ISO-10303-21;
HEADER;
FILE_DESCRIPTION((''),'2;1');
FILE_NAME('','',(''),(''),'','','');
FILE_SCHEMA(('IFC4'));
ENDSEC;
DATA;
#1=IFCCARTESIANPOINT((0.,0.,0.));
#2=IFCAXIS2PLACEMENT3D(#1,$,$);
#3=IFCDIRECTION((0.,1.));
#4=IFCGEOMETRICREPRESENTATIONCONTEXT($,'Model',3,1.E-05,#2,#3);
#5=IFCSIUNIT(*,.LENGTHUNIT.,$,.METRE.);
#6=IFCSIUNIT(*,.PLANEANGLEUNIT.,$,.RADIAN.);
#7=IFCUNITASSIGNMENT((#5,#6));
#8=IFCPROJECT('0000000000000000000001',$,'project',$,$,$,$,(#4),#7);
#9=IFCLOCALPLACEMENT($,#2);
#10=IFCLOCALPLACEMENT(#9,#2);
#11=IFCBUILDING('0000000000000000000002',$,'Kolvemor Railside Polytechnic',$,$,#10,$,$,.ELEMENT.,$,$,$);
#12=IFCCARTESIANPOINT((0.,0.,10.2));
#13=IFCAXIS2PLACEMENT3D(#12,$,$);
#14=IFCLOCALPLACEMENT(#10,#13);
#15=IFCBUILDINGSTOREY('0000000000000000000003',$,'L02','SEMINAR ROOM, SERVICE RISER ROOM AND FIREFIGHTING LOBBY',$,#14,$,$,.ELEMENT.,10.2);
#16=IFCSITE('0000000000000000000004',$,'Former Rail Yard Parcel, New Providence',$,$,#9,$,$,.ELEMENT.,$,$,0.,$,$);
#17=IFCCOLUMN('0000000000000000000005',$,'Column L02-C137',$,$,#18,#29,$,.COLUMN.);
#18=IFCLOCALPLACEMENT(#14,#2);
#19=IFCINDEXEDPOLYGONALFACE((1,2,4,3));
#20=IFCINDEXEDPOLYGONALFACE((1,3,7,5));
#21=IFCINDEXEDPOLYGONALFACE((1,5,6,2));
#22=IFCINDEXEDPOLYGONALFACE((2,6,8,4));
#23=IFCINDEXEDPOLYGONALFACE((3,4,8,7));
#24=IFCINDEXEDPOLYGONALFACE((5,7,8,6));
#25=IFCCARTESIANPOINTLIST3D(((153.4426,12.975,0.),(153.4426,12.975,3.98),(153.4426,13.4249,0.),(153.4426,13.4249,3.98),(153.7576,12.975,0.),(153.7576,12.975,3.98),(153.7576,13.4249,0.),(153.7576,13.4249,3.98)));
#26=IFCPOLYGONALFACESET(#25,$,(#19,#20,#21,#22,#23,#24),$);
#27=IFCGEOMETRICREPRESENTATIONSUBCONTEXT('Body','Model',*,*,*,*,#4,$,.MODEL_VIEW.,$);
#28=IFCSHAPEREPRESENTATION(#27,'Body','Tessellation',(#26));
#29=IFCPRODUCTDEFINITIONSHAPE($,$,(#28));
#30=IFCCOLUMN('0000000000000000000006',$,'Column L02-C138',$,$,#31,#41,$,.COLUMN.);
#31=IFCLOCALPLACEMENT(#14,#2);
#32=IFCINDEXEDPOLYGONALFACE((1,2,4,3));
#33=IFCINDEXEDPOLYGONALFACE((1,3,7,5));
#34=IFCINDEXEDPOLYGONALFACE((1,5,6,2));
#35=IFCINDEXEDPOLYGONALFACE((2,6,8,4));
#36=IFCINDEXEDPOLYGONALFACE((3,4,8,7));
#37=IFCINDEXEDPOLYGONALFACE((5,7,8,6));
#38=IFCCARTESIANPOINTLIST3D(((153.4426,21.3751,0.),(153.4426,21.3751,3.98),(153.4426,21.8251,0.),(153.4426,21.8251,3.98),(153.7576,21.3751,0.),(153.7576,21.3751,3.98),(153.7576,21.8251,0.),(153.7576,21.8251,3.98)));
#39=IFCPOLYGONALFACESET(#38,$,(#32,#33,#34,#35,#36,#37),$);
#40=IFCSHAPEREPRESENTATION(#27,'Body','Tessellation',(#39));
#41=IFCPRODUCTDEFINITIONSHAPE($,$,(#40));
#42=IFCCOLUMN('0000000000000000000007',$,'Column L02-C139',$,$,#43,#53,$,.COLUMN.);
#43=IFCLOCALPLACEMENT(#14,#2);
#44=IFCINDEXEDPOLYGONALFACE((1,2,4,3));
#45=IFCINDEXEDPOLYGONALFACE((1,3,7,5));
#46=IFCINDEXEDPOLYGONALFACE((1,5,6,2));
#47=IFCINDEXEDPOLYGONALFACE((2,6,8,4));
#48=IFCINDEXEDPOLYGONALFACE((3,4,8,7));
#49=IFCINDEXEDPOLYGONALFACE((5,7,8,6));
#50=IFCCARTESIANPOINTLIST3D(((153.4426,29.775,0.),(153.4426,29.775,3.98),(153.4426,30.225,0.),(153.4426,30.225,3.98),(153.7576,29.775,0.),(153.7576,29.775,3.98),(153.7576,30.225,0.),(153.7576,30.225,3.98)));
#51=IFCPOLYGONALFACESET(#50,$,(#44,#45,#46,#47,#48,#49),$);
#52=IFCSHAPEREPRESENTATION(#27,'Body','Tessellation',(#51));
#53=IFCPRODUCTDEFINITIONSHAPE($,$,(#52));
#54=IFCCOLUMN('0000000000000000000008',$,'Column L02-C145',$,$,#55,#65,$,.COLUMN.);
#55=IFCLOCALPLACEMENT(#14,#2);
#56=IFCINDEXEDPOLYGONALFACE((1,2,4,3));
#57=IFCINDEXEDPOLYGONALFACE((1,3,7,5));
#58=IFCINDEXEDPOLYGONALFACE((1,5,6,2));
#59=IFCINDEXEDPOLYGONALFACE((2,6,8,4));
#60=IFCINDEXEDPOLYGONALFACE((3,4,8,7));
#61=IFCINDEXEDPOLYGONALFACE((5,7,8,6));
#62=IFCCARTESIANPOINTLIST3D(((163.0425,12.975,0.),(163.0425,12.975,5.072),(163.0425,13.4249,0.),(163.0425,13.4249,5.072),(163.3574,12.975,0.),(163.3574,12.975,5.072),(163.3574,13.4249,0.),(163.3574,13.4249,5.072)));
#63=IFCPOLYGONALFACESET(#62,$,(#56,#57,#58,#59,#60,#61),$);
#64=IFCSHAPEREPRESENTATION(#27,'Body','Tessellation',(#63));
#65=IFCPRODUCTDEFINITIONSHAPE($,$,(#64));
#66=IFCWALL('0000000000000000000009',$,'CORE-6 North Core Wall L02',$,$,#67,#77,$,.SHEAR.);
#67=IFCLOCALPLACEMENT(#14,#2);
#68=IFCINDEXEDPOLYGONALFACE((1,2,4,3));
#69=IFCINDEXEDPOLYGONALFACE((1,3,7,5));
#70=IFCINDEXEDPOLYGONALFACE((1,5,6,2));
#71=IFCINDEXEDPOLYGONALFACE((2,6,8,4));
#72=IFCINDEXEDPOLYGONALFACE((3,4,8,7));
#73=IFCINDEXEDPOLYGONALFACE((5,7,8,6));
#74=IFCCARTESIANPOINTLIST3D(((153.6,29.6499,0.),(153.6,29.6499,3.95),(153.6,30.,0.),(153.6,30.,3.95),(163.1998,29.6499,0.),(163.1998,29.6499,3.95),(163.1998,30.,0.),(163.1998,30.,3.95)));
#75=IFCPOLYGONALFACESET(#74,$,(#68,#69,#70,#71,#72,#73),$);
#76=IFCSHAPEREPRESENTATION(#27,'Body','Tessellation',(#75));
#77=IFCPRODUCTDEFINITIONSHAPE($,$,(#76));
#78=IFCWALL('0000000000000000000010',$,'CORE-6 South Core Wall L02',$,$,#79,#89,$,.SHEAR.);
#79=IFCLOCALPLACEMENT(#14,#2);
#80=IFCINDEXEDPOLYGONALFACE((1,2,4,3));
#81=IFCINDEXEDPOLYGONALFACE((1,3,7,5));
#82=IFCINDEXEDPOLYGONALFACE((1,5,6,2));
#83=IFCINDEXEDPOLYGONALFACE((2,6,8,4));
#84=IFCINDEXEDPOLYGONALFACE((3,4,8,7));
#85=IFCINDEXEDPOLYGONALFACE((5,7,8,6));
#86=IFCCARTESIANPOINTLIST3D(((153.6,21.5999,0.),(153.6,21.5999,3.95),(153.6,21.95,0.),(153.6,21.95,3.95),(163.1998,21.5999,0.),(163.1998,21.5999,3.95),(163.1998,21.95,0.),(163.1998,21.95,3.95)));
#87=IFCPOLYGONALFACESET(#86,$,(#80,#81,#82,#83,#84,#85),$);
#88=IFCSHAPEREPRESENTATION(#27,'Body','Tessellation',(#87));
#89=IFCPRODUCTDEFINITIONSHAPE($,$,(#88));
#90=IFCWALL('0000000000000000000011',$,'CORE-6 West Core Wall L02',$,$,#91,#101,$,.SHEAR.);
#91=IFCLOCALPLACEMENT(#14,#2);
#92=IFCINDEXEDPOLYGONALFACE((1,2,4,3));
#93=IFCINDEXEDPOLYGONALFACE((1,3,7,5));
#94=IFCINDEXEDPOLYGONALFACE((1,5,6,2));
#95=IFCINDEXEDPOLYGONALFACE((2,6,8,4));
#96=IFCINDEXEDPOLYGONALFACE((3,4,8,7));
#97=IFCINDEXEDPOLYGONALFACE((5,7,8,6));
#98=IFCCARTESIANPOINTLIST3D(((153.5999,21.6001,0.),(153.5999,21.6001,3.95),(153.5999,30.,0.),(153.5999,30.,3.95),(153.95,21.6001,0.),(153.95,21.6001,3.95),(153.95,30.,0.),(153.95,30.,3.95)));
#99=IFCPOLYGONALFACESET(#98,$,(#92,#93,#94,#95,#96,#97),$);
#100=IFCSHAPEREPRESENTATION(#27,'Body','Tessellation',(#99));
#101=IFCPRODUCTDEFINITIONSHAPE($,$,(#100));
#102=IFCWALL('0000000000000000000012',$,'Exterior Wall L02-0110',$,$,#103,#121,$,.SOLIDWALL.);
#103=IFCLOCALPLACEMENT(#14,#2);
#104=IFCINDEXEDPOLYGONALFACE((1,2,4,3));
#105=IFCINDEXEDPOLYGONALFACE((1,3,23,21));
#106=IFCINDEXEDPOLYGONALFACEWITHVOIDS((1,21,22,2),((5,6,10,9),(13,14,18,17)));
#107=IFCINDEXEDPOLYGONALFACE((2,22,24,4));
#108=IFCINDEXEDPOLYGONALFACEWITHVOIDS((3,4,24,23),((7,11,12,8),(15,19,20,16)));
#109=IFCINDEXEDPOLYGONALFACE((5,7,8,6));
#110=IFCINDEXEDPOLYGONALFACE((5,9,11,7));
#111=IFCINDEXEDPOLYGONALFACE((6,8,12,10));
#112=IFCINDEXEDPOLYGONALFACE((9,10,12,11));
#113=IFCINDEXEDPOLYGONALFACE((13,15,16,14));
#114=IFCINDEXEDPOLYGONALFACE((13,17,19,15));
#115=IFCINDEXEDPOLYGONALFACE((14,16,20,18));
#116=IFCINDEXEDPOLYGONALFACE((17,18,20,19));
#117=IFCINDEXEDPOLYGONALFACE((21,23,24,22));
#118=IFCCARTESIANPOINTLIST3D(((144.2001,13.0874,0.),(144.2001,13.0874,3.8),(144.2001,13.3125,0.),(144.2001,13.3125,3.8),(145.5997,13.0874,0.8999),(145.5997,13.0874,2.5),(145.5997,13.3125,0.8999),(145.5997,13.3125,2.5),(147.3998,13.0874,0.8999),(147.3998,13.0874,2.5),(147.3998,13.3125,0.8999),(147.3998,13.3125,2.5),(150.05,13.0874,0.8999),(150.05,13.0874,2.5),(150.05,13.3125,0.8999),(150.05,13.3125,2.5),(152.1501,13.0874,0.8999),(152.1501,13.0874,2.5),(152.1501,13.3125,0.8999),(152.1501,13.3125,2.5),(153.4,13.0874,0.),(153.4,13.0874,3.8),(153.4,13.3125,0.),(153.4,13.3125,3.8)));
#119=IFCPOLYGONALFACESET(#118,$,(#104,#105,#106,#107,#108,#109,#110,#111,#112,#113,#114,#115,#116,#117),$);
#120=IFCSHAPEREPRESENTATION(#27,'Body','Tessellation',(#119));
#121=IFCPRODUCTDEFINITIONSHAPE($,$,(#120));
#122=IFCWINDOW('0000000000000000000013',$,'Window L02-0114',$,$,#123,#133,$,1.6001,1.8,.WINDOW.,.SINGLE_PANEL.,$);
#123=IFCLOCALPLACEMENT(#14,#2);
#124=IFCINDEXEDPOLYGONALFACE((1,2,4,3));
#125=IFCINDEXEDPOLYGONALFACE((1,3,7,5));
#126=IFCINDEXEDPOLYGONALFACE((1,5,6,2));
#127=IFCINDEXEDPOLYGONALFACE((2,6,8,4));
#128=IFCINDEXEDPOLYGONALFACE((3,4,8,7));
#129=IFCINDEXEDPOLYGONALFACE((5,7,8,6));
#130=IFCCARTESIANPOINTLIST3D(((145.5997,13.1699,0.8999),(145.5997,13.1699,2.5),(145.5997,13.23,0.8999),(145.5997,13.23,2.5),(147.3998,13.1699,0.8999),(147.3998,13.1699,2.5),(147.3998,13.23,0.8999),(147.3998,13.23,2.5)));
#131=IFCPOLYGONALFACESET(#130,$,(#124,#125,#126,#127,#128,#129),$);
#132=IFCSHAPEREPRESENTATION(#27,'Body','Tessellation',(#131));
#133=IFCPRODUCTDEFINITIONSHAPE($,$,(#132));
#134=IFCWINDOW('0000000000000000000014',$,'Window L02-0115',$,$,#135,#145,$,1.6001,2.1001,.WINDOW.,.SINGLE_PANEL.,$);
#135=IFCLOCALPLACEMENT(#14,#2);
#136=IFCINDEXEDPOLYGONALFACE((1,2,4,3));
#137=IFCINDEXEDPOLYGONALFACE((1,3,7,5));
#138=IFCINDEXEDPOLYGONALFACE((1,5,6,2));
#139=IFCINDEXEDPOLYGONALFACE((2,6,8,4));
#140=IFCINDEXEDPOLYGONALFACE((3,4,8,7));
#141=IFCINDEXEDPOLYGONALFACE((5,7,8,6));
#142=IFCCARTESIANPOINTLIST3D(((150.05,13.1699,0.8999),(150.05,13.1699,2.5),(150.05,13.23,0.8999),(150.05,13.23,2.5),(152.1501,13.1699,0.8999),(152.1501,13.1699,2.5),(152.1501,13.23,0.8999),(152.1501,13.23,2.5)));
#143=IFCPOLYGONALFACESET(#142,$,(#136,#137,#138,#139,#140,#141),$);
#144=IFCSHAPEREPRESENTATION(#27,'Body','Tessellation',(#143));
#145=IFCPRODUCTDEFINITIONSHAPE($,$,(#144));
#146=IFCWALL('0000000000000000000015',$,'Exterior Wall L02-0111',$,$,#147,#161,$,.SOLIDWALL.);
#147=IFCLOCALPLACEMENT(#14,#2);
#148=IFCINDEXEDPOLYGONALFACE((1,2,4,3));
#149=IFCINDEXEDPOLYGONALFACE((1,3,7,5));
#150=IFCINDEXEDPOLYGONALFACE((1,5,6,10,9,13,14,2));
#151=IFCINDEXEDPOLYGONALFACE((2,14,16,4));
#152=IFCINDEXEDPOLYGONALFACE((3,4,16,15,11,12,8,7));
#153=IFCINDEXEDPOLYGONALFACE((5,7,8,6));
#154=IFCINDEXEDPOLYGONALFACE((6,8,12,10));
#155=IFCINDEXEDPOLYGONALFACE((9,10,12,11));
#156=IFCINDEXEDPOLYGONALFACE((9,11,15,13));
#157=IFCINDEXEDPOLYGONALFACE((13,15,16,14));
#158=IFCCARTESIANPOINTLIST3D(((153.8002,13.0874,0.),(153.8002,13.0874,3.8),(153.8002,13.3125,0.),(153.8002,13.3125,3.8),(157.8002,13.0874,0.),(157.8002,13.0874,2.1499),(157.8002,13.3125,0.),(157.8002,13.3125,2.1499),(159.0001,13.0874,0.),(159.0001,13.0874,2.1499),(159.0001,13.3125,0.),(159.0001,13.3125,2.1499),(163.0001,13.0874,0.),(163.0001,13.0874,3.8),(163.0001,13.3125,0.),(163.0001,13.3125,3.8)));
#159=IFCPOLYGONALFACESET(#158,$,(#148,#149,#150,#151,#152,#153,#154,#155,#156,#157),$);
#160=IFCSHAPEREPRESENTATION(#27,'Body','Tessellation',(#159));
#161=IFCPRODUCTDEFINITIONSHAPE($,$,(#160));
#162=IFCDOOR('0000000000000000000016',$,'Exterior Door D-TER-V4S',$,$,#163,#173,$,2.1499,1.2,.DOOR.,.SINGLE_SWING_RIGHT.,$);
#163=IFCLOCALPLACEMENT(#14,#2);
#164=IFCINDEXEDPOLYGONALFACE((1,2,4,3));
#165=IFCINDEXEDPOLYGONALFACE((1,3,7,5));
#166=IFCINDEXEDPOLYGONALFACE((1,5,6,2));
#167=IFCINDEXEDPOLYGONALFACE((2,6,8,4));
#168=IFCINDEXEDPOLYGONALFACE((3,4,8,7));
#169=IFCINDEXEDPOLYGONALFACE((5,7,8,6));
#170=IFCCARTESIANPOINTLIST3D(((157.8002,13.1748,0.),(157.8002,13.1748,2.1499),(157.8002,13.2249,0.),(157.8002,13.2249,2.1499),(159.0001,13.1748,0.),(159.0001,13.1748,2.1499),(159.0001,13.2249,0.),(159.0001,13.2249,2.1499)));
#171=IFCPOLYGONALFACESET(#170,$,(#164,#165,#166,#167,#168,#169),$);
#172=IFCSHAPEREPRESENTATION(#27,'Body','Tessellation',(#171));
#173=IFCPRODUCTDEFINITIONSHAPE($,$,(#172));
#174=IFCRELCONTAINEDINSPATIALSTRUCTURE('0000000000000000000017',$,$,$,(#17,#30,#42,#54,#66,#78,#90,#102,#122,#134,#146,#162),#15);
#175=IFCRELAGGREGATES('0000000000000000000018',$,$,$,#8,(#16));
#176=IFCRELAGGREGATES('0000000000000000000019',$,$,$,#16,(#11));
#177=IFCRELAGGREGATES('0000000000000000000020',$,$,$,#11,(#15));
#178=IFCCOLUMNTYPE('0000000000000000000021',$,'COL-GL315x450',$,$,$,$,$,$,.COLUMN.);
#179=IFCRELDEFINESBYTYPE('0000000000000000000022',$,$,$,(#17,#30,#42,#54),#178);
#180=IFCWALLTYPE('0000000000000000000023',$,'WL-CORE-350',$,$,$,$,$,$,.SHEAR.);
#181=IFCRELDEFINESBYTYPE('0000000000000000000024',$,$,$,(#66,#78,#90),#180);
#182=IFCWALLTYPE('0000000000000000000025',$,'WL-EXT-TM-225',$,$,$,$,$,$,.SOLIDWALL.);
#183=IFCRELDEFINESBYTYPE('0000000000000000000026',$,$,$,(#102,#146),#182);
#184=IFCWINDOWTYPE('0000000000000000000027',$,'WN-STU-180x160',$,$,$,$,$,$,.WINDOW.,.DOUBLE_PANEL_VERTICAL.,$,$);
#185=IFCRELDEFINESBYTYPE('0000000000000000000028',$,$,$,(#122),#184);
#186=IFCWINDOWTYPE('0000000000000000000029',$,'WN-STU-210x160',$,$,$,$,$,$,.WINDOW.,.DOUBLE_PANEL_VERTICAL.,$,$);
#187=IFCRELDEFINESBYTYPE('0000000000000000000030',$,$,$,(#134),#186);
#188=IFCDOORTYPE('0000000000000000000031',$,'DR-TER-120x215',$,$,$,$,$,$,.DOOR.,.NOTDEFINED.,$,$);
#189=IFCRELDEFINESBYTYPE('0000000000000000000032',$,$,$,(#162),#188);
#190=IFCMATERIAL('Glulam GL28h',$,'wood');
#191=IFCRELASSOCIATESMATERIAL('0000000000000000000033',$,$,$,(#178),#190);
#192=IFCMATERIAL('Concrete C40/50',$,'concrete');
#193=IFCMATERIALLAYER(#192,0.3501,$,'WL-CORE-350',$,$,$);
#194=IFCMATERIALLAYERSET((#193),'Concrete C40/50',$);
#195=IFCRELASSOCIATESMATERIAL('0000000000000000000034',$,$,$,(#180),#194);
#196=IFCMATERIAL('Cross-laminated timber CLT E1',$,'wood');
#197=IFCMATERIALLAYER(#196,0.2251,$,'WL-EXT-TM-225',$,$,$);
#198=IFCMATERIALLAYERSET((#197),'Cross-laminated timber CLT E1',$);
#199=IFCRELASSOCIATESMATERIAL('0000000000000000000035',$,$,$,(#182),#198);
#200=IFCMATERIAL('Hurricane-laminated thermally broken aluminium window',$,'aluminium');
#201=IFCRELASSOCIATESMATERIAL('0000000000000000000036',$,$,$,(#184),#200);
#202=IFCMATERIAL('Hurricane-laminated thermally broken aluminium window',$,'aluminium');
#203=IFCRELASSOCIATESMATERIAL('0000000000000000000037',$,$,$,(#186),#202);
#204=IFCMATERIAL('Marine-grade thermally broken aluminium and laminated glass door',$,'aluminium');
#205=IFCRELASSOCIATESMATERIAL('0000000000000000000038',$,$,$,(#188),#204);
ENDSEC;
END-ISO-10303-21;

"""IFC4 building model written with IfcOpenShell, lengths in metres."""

from ifc_helpers import new_model, si_unit, direction, frame, frame_2d, origin, origin_2d, place, context, subcontext, project, spatial, rectangle, extrude, material, layer, layer_set, material_profile, profile_set, type_object, element, fill, save


model = new_model("IFC4")

# Units and contexts
model_context = context("Model", 3, precision=1e-05, world=origin(), true_north=direction((0.0, 1.0)))
body_context = subcontext(model_context, "Body", "Model", "MODEL_VIEW")
ifc_project = project(units=[si_unit("LENGTHUNIT", "METRE"), si_unit("PLANEANGLEUNIT", "RADIAN")], contexts=[model_context])

# Site, building, storey
site_placement = place(None, origin())
site = spatial("IfcSite", under=ifc_project, at=site_placement, Name="Former Rail Yard Parcel, New Providence", CompositionType="ELEMENT", RefElevation=0.0)
building_placement = place(site_placement, origin())
building = spatial("IfcBuilding", under=site, at=building_placement, Name="Kolvemor Railside Polytechnic", CompositionType="ELEMENT")
storey_placement = place(building_placement, frame((0.0, 0.0, 10.2)))
storey = spatial("IfcBuildingStorey", under=building, at=storey_placement, Name="L02", Description="SEMINAR ROOM, SERVICE RISER ROOM AND FIREFIGHTING LOBBY", CompositionType="ELEMENT", Elevation=10.2)

# Columns
ifc_material_1 = material(Name="Glulam GL28h", Category="wood")
ifc_material_profile = material_profile(ifc_material_1, rectangle(XDim=0.3149, YDim=0.45, at=origin_2d()), Name="GL315x450")
ifc_profile_set = profile_set([ifc_material_profile], Name="Glulam GL28h")
column_type = type_object("IfcColumnType", Name="COL-GL315x450", PredefinedType="COLUMN", material=ifc_profile_set)
for number, where, z_axis, x_axis, name in (
    (1, (153.6001, 13.2, 0.0), (0.0, 0.0, 1.0), (1.0, 0.0, 0.0), "Column L02-C137"),
    (2, (153.6001, 21.6001, 0.0), (0.0, 0.0, 1.0), (1.0, 0.0, 0.0), "Column L02-C138"),
    (3, (153.6001, 30.0, 0.0), (0.0, 0.0, 1.0), (1.0, 0.0, 0.0), "Column L02-C139"),
):
    element("IfcColumn", number, at=place(storey_placement, frame(where, z_axis=z_axis, x_axis=x_axis)), inside=storey, type_object=column_type, Name=name, PredefinedType="COLUMN", context=body_context, shape_type="SweptSolid", body=[
        extrude(rectangle(XDim=0.3149, YDim=0.45, at=origin_2d()), origin(), (0.0, 0.0, 1.0), 3.98),
    ])
column_placement = place(storey_placement, frame((163.2, 13.2, 0.0), z_axis=(0.0, 0.0, 1.0), x_axis=(1.0, 0.0, 0.0)))
element("IfcColumn", 4, at=column_placement, inside=storey, type_object=column_type, Name="Column L02-C145", PredefinedType="COLUMN", context=body_context, shape_type="SweptSolid", body=[
    extrude(rectangle(XDim=0.3149, YDim=0.45, at=origin_2d()), origin(), (0.0, 0.0, 1.0), 5.072),
])

# Walls
ifc_material_2 = material(Name="Concrete C40/50", Category="concrete")
ifc_layer_1 = layer(ifc_material_2, 0.3501, Name="WL-CORE-350")
ifc_layer_set_1 = layer_set([ifc_layer_1], Name="Concrete C40/50")
wall_type_1 = type_object("IfcWallType", Name="WL-CORE-350", PredefinedType="SHEAR", material=ifc_layer_set_1)
for number, where, z_axis, x_axis, name in (
    (5, (153.6001, 29.825, 0.0), (0.0, 0.0, 1.0), (1.0, 0.0, 0.0), "CORE-6 North Core Wall L02"),
    (6, (153.6001, 21.7749, 0.0), (0.0, 0.0, 1.0), (1.0, 0.0, 0.0), "CORE-6 South Core Wall L02"),
):
    element("IfcWall", number, at=place(storey_placement, frame(where, z_axis=z_axis, x_axis=x_axis)), inside=storey, type_object=wall_type_1, Name=name, PredefinedType="SHEAR", context=body_context, shape_type="SweptSolid", body=[
        extrude(rectangle(XDim=9.5999, YDim=0.3501, at=frame_2d((4.7998, 0.0))), origin(), (0.0, 0.0, 1.0), 3.95),
    ])
wall_1_placement = place(storey_placement, frame((153.7749, 21.6001, 0.0), z_axis=(0.0, 0.0, 1.0), x_axis=(0.0, 1.0, 0.0)))
element("IfcWall", 7, at=wall_1_placement, inside=storey, type_object=wall_type_1, Name="CORE-6 West Core Wall L02", PredefinedType="SHEAR", context=body_context, shape_type="SweptSolid", body=[
    extrude(rectangle(XDim=8.3999, YDim=0.3501, at=frame_2d((4.2, 0.0))), origin(), (0.0, 0.0, 1.0), 3.95),
])

# Wall, openings, windows
ifc_material_3 = material(Name="Cross-laminated timber CLT E1", Category="wood")
ifc_layer_2 = layer(ifc_material_3, 0.2251, Name="WL-EXT-TM-225")
ifc_layer_set_2 = layer_set([ifc_layer_2], Name="Cross-laminated timber CLT E1")
wall_type_2 = type_object("IfcWallType", Name="WL-EXT-TM-225", PredefinedType="SOLIDWALL", material=ifc_layer_set_2)
wall_2_placement = place(storey_placement, frame((144.2, 13.2, 0.0), z_axis=(0.0, 0.0, 1.0), x_axis=(1.0, 0.0, 0.0)))
wall_2 = element("IfcWall", 8, at=wall_2_placement, inside=storey, type_object=wall_type_2, Name="Exterior Wall L02-0110", PredefinedType="SOLIDWALL", context=body_context, shape_type="SweptSolid", body=[
    extrude(rectangle(XDim=9.2, YDim=0.2251, at=frame_2d((4.6001, 0.0))), origin(), (0.0, 0.0, 1.0), 3.8),
])
opening_1_placement = place(wall_2_placement, frame((1.3999, 0.0, 0.8999)))
opening_1 = element("IfcOpeningElement", 9, at=opening_1_placement, cuts=wall_2, PredefinedType="OPENING", context=body_context, shape_type="SweptSolid", body=[
    extrude(rectangle(XDim=1.8, YDim=1.6001, at=frame_2d((0.8999, 0.8))), frame((0.0, 0.1226, 0.0), z_axis=(0.0, -1.0, 0.0), x_axis=(1.0, 0.0, 0.0)), (0.0, 0.0, 1.0), 0.2451),
])
opening_2_placement = place(wall_2_placement, frame((5.8501, 0.0, 0.8999)))
opening_2 = element("IfcOpeningElement", 10, at=opening_2_placement, cuts=wall_2, PredefinedType="OPENING", context=body_context, shape_type="SweptSolid", body=[
    extrude(rectangle(XDim=2.1001, YDim=1.6001, at=frame_2d((1.05, 0.8))), frame((0.0, 0.1226, 0.0), z_axis=(0.0, -1.0, 0.0), x_axis=(1.0, 0.0, 0.0)), (0.0, 0.0, 1.0), 0.2451),
])
ifc_material_4 = material(Name="Hurricane-laminated thermally broken aluminium window", Category="aluminium")
window_type_1 = type_object("IfcWindowType", Name="WN-STU-180x160", PartitioningType="DOUBLE_PANEL_VERTICAL", PredefinedType="WINDOW", material=ifc_material_4)
window_1_placement = place(opening_1_placement, origin())
window_1 = element("IfcWindow", 11, at=window_1_placement, inside=storey, type_object=window_type_1, Name="Window L02-0114", OverallHeight=1.6001, OverallWidth=1.8, PartitioningType="SINGLE_PANEL", PredefinedType="WINDOW", context=body_context, shape_type="SweptSolid", body=[
    extrude(rectangle(XDim=1.8, YDim=1.6001, at=frame_2d((0.8999, 0.8))), frame((0.0, 0.03, 0.0), z_axis=(0.0, -1.0, 0.0), x_axis=(1.0, 0.0, 0.0)), (0.0, 0.0, 1.0), 0.0601),
])
fill(opening_1, window_1)
ifc_material_5 = material(Name="Hurricane-laminated thermally broken aluminium window", Category="aluminium")
window_type_2 = type_object("IfcWindowType", Name="WN-STU-210x160", PartitioningType="DOUBLE_PANEL_VERTICAL", PredefinedType="WINDOW", material=ifc_material_5)
window_2_placement = place(opening_2_placement, origin())
window_2 = element("IfcWindow", 12, at=window_2_placement, inside=storey, type_object=window_type_2, Name="Window L02-0115", OverallHeight=1.6001, OverallWidth=2.1001, PartitioningType="SINGLE_PANEL", PredefinedType="WINDOW", context=body_context, shape_type="SweptSolid", body=[
    extrude(rectangle(XDim=2.1001, YDim=1.6001, at=frame_2d((1.05, 0.8))), frame((0.0, 0.03, 0.0), z_axis=(0.0, -1.0, 0.0), x_axis=(1.0, 0.0, 0.0)), (0.0, 0.0, 1.0), 0.0601),
])
fill(opening_2, window_2)

# Wall, opening, door
wall_3_placement = place(storey_placement, frame((153.8, 13.2, 0.0), z_axis=(0.0, 0.0, 1.0), x_axis=(1.0, 0.0, 0.0)))
wall_3 = element("IfcWall", 13, at=wall_3_placement, inside=storey, type_object=wall_type_2, Name="Exterior Wall L02-0111", PredefinedType="SOLIDWALL", context=body_context, shape_type="SweptSolid", body=[
    extrude(rectangle(XDim=9.2, YDim=0.2251, at=frame_2d((4.6001, 0.0))), origin(), (0.0, 0.0, 1.0), 3.8),
])
opening_3_placement = place(wall_3_placement, frame((4.0, 0.0, 0.0)))
opening_3 = element("IfcOpeningElement", 14, at=opening_3_placement, cuts=wall_3, PredefinedType="OPENING", context=body_context, shape_type="SweptSolid", body=[
    extrude(rectangle(XDim=1.2, YDim=2.1499, at=frame_2d((0.6001, 1.075))), frame((0.0, 0.1226, 0.0), z_axis=(0.0, -1.0, 0.0), x_axis=(1.0, 0.0, 0.0)), (0.0, 0.0, 1.0), 0.2451),
])
ifc_material_6 = material(Name="Marine-grade thermally broken aluminium and laminated glass door", Category="aluminium")
door_type_1 = type_object("IfcDoorType", Name="DR-TER-120x215", OperationType="NOTDEFINED", PredefinedType="DOOR", material=ifc_material_6)
door_1_placement = place(opening_3_placement, origin())
door_1 = element("IfcDoor", 15, at=door_1_placement, inside=storey, type_object=door_type_1, Name="Exterior Door D-TER-V4S", OperationType="SINGLE_SWING_RIGHT", OverallHeight=2.1499, OverallWidth=1.2, PredefinedType="DOOR", context=body_context, shape_type="SweptSolid", body=[
    extrude(rectangle(XDim=1.2, YDim=2.1499, at=frame_2d((0.6001, 1.075))), frame((0.0, 0.0249, 0.0), z_axis=(0.0, -1.0, 0.0), x_axis=(1.0, 0.0, 0.0)), (0.0, 0.0, 1.0), 0.05),
])
fill(opening_3, door_1)

save(model, "model.ifc")
